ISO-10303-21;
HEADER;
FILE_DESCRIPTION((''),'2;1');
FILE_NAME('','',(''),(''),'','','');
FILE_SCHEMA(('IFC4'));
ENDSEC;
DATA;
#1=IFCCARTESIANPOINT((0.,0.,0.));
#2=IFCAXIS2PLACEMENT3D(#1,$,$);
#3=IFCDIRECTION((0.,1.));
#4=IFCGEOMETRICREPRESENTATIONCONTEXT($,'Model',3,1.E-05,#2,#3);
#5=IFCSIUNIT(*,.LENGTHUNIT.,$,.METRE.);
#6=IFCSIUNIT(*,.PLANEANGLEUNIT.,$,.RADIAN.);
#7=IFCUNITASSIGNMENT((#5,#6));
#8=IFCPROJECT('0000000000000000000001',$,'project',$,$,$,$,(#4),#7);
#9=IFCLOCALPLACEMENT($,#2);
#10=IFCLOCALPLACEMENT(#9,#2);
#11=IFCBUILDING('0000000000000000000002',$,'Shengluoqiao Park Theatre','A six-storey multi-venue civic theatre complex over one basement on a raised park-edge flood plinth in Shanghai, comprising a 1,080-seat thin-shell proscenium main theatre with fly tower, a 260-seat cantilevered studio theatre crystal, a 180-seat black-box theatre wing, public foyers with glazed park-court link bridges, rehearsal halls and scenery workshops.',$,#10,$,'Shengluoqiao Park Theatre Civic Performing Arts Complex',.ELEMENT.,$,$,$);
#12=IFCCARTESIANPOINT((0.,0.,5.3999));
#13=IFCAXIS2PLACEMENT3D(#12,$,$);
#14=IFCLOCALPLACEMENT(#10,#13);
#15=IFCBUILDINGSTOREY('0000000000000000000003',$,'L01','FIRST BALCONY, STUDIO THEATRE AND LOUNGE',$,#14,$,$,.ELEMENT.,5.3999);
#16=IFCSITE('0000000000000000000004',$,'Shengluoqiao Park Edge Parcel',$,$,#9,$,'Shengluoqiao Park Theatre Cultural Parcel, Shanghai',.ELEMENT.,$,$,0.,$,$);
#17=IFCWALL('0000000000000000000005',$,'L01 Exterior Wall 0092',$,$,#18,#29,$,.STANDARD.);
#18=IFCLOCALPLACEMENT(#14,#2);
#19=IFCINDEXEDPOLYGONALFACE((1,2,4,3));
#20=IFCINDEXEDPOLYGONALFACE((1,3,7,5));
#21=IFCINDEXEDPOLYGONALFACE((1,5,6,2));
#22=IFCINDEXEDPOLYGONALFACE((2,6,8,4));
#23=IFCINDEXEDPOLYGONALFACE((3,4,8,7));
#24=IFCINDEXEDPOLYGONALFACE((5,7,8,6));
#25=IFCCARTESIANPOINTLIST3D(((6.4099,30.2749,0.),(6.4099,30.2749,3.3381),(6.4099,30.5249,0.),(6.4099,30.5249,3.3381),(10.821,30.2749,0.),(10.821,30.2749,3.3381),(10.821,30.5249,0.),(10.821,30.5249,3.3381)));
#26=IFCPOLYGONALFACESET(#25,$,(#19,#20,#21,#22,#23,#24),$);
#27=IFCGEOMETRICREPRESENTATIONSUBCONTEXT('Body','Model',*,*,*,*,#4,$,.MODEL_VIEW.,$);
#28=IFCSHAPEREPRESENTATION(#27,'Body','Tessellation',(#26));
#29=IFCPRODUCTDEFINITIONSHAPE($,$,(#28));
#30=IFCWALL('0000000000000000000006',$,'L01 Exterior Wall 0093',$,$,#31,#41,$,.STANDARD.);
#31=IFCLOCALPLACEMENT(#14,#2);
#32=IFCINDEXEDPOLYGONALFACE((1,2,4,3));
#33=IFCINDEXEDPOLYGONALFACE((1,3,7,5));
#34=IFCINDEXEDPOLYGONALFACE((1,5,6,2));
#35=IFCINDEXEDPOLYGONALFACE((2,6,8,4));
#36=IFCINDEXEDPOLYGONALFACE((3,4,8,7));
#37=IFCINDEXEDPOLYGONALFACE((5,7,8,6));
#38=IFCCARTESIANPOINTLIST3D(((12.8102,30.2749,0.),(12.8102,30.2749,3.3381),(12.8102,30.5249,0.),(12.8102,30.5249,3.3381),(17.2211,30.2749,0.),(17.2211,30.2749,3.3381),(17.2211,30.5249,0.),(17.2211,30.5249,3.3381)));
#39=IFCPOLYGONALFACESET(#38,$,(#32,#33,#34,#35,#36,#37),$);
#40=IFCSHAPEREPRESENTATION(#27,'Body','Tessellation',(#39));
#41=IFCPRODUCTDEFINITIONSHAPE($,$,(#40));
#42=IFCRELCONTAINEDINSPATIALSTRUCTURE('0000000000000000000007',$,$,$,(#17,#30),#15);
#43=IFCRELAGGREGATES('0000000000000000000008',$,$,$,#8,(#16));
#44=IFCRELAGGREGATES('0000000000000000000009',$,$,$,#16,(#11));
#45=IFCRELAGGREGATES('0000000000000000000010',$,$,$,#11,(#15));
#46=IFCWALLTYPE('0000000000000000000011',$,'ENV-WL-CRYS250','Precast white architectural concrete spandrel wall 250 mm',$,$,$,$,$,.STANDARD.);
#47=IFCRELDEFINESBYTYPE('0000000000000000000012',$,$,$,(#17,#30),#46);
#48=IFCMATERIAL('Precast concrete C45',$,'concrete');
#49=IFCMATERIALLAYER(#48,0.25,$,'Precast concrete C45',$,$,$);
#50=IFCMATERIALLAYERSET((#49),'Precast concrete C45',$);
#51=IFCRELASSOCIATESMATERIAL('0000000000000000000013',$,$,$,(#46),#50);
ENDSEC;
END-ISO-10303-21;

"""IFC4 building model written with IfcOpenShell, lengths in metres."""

from ifc_helpers import new_model, si_unit, direction, frame, frame_2d, origin, place, context, subcontext, project, spatial, rectangle, extrude, material, layer, layer_set, type_object, element, save


model = new_model("IFC4")

# Units and contexts
model_context = context("Model", 3, precision=1e-05, world=origin(), true_north=direction((0.0, 1.0)))
body_context = subcontext(model_context, "Body", "Model", "MODEL_VIEW")
ifc_project = project(units=[si_unit("LENGTHUNIT", "METRE"), si_unit("PLANEANGLEUNIT", "RADIAN")], contexts=[model_context])

# Site, building, storey
site_placement = place(None, origin())
site = spatial("IfcSite", under=ifc_project, at=site_placement, Name="Shengluoqiao Park Edge Parcel", LongName="Shengluoqiao Park Theatre Cultural Parcel, Shanghai", CompositionType="ELEMENT", RefElevation=0.0)
building_placement = place(site_placement, origin())
building = spatial("IfcBuilding", under=site, at=building_placement, Name="Shengluoqiao Park Theatre", Description="A six-storey multi-venue civic theatre complex over one basement on a raised park-edge flood plinth in Shanghai, comprising a 1,080-seat thin-shell proscenium main theatre with fly tower, a 260-seat cantilevered studio theatre crystal, a 180-seat black-box theatre wing, public foyers with glazed park-court link bridges, rehearsal halls and scenery workshops.", LongName="Shengluoqiao Park Theatre Civic Performing Arts Complex", CompositionType="ELEMENT")
storey_placement = place(building_placement, frame((0.0, 0.0, 5.3999)))
storey = spatial("IfcBuildingStorey", under=building, at=storey_placement, Name="L01", Description="FIRST BALCONY, STUDIO THEATRE AND LOUNGE", CompositionType="ELEMENT", Elevation=5.3999)

# Walls
ifc_material_1 = material(Name="Precast concrete C45", Category="concrete")
ifc_layer_1 = layer(ifc_material_1, 0.25, Name="Precast concrete C45")
ifc_layer_set_1 = layer_set([ifc_layer_1], Name="Precast concrete C45")
wall_type = type_object("IfcWallType", Name="ENV-WL-CRYS250", Description="Precast white architectural concrete spandrel wall 250 mm", PredefinedType="STANDARD", material=ifc_layer_set_1)
wall_1_placement = place(storey_placement, frame((6.4099, 30.3999, 0.0), z_axis=(0.0, 0.0, 1.0), x_axis=(1.0, 0.0, 0.0)))
element("IfcWall", 1, at=wall_1_placement, inside=storey, type_object=wall_type, Name="L01 Exterior Wall 0092", PredefinedType="STANDARD", context=body_context, shape_type="SweptSolid", body=[
    extrude(rectangle(XDim=4.4111, YDim=0.25, at=frame_2d((2.2056, 0.0))), origin(), (0.0, 0.0, 1.0), 3.3381),
])
wall_2_placement = place(storey_placement, frame((12.8101, 30.3999, 0.0), z_axis=(0.0, 0.0, 1.0), x_axis=(1.0, 0.0, 0.0)))
element("IfcWall", 2, at=wall_2_placement, inside=storey, type_object=wall_type, Name="L01 Exterior Wall 0093", PredefinedType="STANDARD", context=body_context, shape_type="SweptSolid", body=[
    extrude(rectangle(XDim=4.4109, YDim=0.25, at=frame_2d((2.2056, 0.0))), origin(), (0.0, 0.0, 1.0), 3.3381),
])

save(model, "model.ifc")
